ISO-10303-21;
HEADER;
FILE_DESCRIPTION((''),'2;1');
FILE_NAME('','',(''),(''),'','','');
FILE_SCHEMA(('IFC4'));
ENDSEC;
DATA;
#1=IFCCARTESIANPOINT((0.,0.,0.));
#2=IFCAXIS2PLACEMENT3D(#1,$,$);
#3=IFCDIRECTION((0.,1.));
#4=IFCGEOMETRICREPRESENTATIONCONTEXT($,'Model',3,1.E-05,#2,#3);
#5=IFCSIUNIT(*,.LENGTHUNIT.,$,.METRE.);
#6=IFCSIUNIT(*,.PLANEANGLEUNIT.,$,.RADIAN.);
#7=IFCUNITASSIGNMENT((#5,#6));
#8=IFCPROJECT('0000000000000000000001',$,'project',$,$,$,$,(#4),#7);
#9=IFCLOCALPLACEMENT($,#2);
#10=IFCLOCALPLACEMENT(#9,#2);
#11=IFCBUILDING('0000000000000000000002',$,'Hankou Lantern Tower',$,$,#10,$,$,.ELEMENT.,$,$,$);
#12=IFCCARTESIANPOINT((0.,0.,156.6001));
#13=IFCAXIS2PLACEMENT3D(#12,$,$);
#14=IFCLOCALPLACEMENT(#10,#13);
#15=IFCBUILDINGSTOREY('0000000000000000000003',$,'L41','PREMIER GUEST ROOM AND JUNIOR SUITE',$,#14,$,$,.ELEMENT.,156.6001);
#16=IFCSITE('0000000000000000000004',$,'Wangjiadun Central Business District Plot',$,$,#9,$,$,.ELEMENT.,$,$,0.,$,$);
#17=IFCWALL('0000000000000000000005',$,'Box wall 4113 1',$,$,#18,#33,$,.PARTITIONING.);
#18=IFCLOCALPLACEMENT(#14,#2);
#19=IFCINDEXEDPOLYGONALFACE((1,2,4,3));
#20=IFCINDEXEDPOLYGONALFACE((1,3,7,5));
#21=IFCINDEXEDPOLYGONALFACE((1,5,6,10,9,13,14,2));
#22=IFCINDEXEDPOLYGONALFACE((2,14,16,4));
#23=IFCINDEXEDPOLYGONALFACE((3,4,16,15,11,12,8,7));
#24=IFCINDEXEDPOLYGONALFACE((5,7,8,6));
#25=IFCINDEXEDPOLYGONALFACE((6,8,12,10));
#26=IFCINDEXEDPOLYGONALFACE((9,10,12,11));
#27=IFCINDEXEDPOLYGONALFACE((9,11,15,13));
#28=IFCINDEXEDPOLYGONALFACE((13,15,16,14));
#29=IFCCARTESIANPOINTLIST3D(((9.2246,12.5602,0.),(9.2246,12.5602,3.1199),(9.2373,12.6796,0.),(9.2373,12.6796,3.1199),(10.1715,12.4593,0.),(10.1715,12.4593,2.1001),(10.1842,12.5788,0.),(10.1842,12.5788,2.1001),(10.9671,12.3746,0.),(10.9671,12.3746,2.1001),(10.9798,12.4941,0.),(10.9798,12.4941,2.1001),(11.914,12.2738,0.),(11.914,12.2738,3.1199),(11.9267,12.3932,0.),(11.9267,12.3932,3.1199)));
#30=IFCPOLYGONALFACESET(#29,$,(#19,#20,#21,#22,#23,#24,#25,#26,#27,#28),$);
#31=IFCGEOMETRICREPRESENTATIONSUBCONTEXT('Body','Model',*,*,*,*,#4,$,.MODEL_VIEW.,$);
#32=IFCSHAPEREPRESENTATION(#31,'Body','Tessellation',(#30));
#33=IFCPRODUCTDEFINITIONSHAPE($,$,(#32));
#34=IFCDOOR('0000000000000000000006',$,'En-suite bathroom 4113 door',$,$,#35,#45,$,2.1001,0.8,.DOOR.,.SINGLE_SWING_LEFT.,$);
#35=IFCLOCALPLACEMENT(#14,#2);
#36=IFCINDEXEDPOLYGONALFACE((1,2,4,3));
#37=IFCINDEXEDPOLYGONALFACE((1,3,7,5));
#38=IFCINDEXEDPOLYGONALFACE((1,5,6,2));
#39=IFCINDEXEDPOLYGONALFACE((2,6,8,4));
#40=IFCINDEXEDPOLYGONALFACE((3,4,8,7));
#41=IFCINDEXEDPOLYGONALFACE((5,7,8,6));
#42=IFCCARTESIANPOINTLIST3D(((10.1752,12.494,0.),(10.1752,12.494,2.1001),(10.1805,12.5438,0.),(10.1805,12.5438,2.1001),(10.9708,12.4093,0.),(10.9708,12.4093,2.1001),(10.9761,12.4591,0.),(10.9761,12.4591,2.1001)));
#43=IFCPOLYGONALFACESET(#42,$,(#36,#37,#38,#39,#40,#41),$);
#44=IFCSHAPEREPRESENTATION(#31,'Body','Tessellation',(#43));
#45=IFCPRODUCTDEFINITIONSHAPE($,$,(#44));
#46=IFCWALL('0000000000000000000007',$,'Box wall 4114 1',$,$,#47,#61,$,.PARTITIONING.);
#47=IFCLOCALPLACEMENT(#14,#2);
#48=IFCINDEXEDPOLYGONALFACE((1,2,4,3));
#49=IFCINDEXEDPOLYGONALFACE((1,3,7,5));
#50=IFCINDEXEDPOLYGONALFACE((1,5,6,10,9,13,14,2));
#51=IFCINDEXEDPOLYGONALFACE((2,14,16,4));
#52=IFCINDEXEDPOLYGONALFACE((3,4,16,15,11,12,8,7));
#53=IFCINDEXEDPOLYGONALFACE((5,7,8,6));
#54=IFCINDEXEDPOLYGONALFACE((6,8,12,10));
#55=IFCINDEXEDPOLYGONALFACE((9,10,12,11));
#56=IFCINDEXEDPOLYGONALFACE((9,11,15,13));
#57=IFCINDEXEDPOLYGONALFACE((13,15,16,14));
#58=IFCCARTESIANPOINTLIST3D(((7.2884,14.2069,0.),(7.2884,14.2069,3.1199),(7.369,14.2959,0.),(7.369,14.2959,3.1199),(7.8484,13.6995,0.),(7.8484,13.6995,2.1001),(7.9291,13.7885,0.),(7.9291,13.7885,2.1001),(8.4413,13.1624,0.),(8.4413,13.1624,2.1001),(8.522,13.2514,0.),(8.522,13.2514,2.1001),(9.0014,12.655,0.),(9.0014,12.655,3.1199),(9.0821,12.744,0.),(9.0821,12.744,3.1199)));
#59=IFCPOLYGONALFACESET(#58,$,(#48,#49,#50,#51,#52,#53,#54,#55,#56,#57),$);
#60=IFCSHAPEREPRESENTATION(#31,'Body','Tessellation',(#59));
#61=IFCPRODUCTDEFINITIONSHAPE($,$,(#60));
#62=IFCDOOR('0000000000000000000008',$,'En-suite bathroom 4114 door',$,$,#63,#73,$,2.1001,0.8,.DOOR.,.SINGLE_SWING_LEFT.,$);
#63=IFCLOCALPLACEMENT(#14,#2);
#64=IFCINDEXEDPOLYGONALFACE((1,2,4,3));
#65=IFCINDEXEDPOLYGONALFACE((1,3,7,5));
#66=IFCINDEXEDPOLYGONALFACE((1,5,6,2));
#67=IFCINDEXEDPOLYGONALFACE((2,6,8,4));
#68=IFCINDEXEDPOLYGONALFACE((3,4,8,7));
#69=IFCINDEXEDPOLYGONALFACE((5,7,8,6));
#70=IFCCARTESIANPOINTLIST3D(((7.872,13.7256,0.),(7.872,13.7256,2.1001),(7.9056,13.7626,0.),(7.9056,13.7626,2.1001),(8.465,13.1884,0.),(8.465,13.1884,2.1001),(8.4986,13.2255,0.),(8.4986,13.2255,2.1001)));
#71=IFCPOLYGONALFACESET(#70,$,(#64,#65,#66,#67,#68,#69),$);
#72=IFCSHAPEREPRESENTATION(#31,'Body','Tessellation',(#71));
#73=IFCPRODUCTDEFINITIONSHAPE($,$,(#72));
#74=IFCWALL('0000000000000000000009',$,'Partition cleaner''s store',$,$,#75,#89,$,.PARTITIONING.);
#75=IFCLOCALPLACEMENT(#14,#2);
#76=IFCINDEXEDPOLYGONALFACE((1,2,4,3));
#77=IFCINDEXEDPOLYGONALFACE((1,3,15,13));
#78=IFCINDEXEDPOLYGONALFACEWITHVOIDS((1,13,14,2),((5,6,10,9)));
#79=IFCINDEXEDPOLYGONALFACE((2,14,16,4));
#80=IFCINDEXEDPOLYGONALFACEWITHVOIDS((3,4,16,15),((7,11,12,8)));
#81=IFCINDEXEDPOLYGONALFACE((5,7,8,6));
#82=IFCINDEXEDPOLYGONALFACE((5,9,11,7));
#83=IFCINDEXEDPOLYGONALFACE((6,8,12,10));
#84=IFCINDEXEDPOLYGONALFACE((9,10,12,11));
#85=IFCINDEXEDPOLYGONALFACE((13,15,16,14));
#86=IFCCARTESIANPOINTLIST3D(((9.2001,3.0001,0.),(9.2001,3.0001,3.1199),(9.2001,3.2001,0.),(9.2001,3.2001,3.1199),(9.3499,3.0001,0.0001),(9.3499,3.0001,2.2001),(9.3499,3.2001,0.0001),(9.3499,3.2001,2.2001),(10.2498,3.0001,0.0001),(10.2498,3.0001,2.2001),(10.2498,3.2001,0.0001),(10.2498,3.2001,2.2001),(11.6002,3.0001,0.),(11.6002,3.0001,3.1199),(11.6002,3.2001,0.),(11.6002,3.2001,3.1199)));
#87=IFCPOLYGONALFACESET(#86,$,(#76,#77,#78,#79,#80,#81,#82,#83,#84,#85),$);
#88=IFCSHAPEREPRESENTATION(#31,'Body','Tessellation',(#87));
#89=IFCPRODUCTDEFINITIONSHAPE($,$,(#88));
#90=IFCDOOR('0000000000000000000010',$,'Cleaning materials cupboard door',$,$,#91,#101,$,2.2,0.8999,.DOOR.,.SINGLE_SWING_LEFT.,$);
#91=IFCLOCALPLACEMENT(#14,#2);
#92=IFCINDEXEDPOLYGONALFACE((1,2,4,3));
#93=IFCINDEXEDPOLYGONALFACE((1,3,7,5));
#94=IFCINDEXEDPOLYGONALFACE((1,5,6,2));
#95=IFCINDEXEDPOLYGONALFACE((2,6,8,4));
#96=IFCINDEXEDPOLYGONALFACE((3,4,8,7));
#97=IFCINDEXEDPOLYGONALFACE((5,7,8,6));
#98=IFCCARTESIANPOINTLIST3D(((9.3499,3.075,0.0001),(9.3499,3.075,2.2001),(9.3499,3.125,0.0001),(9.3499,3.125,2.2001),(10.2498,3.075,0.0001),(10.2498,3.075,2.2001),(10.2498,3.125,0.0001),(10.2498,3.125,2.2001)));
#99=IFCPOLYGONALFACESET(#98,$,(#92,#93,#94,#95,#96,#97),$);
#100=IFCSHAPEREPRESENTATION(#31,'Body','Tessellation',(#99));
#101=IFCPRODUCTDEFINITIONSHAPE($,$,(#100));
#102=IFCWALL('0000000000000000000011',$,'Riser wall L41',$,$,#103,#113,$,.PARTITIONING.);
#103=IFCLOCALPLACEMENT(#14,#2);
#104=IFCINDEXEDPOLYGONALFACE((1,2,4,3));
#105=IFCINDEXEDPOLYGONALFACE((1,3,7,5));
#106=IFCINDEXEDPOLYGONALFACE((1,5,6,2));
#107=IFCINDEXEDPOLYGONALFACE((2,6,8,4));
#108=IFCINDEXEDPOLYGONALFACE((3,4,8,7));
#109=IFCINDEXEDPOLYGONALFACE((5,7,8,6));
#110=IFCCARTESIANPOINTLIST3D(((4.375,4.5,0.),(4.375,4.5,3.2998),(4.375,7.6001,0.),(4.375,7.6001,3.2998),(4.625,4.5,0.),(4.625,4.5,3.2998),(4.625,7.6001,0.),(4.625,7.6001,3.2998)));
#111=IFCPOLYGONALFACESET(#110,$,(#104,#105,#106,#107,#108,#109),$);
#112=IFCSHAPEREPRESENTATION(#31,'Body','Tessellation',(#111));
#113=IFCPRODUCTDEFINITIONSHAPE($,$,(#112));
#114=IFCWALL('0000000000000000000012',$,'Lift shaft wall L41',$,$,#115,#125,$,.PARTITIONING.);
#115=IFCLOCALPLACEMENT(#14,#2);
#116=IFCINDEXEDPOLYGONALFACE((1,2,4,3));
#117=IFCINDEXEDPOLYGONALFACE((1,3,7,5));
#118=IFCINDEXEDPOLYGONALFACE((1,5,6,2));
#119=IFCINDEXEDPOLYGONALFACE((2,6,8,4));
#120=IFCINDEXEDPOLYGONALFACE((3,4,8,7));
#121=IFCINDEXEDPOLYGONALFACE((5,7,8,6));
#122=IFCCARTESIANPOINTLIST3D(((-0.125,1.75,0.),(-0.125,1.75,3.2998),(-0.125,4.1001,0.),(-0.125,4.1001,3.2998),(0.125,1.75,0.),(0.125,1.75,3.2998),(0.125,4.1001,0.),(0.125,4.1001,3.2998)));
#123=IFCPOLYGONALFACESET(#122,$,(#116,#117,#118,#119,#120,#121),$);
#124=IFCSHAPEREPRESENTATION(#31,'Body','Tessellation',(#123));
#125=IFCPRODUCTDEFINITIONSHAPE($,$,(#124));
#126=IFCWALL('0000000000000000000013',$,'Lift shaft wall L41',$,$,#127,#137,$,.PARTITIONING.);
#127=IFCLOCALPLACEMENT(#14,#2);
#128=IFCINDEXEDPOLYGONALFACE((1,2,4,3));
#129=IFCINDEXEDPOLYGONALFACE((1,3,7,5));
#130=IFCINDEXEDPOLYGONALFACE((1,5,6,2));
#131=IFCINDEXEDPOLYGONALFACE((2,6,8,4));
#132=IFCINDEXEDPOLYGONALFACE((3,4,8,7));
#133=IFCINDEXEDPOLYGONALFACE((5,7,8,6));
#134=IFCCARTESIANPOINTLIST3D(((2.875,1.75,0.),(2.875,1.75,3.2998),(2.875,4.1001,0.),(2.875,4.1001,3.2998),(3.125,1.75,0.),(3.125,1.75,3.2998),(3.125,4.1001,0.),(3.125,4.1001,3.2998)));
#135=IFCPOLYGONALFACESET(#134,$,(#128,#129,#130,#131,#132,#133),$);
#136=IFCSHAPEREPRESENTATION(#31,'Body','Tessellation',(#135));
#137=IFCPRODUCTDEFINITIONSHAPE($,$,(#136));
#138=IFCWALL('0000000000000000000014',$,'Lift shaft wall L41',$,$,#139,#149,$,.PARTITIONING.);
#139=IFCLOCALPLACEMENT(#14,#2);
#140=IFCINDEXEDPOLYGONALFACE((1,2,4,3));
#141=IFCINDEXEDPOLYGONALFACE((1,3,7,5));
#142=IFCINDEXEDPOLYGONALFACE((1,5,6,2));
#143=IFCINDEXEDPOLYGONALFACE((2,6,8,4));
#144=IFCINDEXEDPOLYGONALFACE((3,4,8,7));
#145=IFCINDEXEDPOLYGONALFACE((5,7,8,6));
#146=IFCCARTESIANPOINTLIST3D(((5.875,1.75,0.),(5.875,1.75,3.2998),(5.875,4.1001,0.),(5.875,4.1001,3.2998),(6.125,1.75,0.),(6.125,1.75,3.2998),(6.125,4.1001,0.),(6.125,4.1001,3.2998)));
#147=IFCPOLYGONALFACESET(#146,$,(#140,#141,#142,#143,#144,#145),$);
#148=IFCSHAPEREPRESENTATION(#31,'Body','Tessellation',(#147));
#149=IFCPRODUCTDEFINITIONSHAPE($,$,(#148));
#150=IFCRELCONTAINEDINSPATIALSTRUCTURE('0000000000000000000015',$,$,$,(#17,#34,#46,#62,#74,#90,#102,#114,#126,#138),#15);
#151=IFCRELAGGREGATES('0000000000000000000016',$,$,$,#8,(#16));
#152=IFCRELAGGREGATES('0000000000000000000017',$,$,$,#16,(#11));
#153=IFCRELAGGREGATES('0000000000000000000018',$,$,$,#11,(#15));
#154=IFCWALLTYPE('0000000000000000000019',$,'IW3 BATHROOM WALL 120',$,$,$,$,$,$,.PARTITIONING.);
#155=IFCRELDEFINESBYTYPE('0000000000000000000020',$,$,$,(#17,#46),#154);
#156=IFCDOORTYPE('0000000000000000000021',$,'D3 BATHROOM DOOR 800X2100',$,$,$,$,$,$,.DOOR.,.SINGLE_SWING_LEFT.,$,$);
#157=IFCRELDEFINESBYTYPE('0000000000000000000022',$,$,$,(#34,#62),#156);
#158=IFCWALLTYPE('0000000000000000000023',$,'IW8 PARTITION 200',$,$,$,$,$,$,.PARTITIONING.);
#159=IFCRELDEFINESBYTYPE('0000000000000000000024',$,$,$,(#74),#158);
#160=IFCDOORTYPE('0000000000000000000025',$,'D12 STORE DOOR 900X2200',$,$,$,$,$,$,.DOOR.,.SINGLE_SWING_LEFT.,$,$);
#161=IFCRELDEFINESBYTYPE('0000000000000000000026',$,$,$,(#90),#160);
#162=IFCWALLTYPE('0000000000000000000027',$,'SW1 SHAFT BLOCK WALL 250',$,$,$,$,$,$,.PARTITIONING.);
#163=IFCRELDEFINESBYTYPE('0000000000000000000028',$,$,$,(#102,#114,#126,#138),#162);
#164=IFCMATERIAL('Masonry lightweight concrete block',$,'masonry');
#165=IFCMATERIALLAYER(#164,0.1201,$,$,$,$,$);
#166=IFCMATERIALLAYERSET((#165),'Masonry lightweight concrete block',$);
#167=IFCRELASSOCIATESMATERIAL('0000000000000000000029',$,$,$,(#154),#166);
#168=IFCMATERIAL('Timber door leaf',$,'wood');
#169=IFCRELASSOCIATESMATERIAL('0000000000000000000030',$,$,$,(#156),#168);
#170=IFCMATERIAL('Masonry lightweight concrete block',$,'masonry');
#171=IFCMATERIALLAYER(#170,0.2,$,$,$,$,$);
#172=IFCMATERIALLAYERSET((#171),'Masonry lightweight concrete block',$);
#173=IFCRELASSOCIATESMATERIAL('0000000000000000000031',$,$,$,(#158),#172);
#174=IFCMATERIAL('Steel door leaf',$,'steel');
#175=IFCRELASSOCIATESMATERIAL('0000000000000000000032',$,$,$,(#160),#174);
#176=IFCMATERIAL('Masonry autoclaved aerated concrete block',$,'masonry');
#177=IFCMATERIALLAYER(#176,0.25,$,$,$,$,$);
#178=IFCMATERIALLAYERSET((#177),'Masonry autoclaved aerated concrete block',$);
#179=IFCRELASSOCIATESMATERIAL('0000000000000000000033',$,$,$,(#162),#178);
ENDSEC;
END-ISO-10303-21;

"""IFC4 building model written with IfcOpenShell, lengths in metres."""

from ifc_helpers import new_model, si_unit, direction, frame, frame_2d, origin, place, context, subcontext, project, spatial, rectangle, extrude, material, layer, layer_set, type_object, element, fill, save


model = new_model("IFC4")

# Units and contexts
model_context = context("Model", 3, precision=1e-05, world=origin(), true_north=direction((0.0, 1.0)))
body_context = subcontext(model_context, "Body", "Model", "MODEL_VIEW")
ifc_project = project(units=[si_unit("LENGTHUNIT", "METRE"), si_unit("PLANEANGLEUNIT", "RADIAN")], contexts=[model_context])

# Site, building, storey
site_placement = place(None, origin())
site = spatial("IfcSite", under=ifc_project, at=site_placement, Name="Wangjiadun Central Business District Plot", CompositionType="ELEMENT", RefElevation=0.0)
building_placement = place(site_placement, origin())
building = spatial("IfcBuilding", under=site, at=building_placement, Name="Hankou Lantern Tower", CompositionType="ELEMENT")
storey_placement = place(building_placement, frame((0.0, 0.0, 156.6001)))
storey = spatial("IfcBuildingStorey", under=building, at=storey_placement, Name="L41", Description="PREMIER GUEST ROOM AND JUNIOR SUITE", CompositionType="ELEMENT", Elevation=156.6001)

# Walls, openings, doors
ifc_material_1 = material(Name="Masonry lightweight concrete block", Category="masonry")
ifc_layer_1 = layer(ifc_material_1, 0.1201)
ifc_layer_set_1 = layer_set([ifc_layer_1], Name="Masonry lightweight concrete block")
wall_type_1 = type_object("IfcWallType", Name="IW3 BATHROOM WALL 120", PredefinedType="PARTITIONING", material=ifc_layer_set_1)
wall_1_placement = place(storey_placement, frame((9.231, 12.6199, 0.0), z_axis=(0.0, 0.0, 1.0), x_axis=(0.994379, -0.105883, 0.0)))
wall_1 = element("IfcWall", 1, at=wall_1_placement, inside=storey, type_object=wall_type_1, Name="Box wall 4113 1", PredefinedType="PARTITIONING", context=body_context, shape_type="SweptSolid", body=[
    extrude(rectangle(XDim=2.7046, YDim=0.1201, at=frame_2d((1.3523, 0.0))), origin(), (0.0, 0.0, 1.0), 3.1199),
])
opening_1_placement = place(wall_1_placement, frame((0.9524, 0.0, 0.0)))
opening_1 = element("IfcOpeningElement", 2, at=opening_1_placement, cuts=wall_1, PredefinedType="OPENING", context=body_context, shape_type="SweptSolid", body=[
    extrude(rectangle(XDim=0.8, YDim=2.1001, at=frame_2d((0.3999, 1.05))), frame((0.0, 0.0701, 0.0), z_axis=(0.0, -1.0, 0.0), x_axis=(1.0, 0.0, 0.0)), (0.0, 0.0, 1.0), 0.1401),
])
ifc_material_2 = material(Name="Timber door leaf", Category="wood")
door_type_1 = type_object("IfcDoorType", Name="D3 BATHROOM DOOR 800X2100", OperationType="SINGLE_SWING_LEFT", PredefinedType="DOOR", material=ifc_material_2)
door_1_placement = place(opening_1_placement, origin())
door_1 = element("IfcDoor", 3, at=door_1_placement, inside=storey, type_object=door_type_1, Name="En-suite bathroom 4113 door", OperationType="SINGLE_SWING_LEFT", OverallHeight=2.1001, OverallWidth=0.8, PredefinedType="DOOR", context=body_context, shape_type="SweptSolid", body=[
    extrude(rectangle(XDim=0.8, YDim=2.1001, at=frame_2d((0.3999, 1.05))), frame((0.0, 0.0249, 0.0), z_axis=(0.0, -1.0, 0.0), x_axis=(1.0, 0.0, 0.0)), (0.0, 0.0, 1.0), 0.05),
])
fill(opening_1, door_1)
wall_2_placement = place(storey_placement, frame((9.0417, 12.6995, 0.0), z_axis=(0.0, 0.0, 1.0), x_axis=(-0.7411, 0.671394, 0.0)))
wall_2 = element("IfcWall", 4, at=wall_2_placement, inside=storey, type_object=wall_type_1, Name="Box wall 4114 1", PredefinedType="PARTITIONING", context=body_context, shape_type="SweptSolid", body=[
    extrude(rectangle(XDim=2.3115, YDim=0.1201, at=frame_2d((1.1558, 0.0))), origin(), (0.0, 0.0, 1.0), 3.1199),
])
opening_2_placement = place(wall_2_placement, frame((0.7559, 0.0, 0.0)))
opening_2 = element("IfcOpeningElement", 5, at=opening_2_placement, cuts=wall_2, PredefinedType="OPENING", context=body_context, shape_type="SweptSolid", body=[
    extrude(rectangle(XDim=0.8, YDim=2.1001, at=frame_2d((0.3999, 1.05))), frame((0.0, 0.0701, 0.0), z_axis=(0.0, -1.0, 0.0), x_axis=(1.0, 0.0, 0.0)), (0.0, 0.0, 1.0), 0.1401),
])
door_2_placement = place(opening_2_placement, origin())
door_2 = element("IfcDoor", 6, at=door_2_placement, inside=storey, type_object=door_type_1, Name="En-suite bathroom 4114 door", OperationType="SINGLE_SWING_LEFT", OverallHeight=2.1001, OverallWidth=0.8, PredefinedType="DOOR", context=body_context, shape_type="SweptSolid", body=[
    extrude(rectangle(XDim=0.8, YDim=2.1001, at=frame_2d((0.3999, 1.05))), frame((0.0, 0.0249, 0.0), z_axis=(0.0, -1.0, 0.0), x_axis=(1.0, 0.0, 0.0)), (0.0, 0.0, 1.0), 0.05),
])
fill(opening_2, door_2)
ifc_material_3 = material(Name="Masonry lightweight concrete block", Category="masonry")
ifc_layer_2 = layer(ifc_material_3, 0.2)
ifc_layer_set_2 = layer_set([ifc_layer_2], Name="Masonry lightweight concrete block")
wall_type_2 = type_object("IfcWallType", Name="IW8 PARTITION 200", PredefinedType="PARTITIONING", material=ifc_layer_set_2)
wall_3_placement = place(storey_placement, frame((9.2, 3.1001, 0.0), z_axis=(0.0, 0.0, 1.0), x_axis=(1.0, 0.0, 0.0)))
wall_3 = element("IfcWall", 7, at=wall_3_placement, inside=storey, type_object=wall_type_2, Name="Partition cleaner's store", PredefinedType="PARTITIONING", context=body_context, shape_type="SweptSolid", body=[
    extrude(rectangle(XDim=2.4001, YDim=0.2, at=frame_2d((1.2002, 0.0))), origin(), (0.0, 0.0, 1.0), 3.1199),
])
opening_3_placement = place(wall_3_placement, frame((0.1499, 0.0, 0.0)))
opening_3 = element("IfcOpeningElement", 8, at=opening_3_placement, cuts=wall_3, PredefinedType="OPENING", context=body_context, shape_type="SweptSolid", body=[
    extrude(rectangle(XDim=0.8999, YDim=2.2, at=frame_2d((0.45, 1.1001))), frame((0.0, 0.1099, 0.0), z_axis=(0.0, -1.0, 0.0), x_axis=(1.0, 0.0, 0.0)), (0.0, 0.0, 1.0), 0.22),
])
ifc_material_4 = material(Name="Steel door leaf", Category="steel")
door_type_2 = type_object("IfcDoorType", Name="D12 STORE DOOR 900X2200", OperationType="SINGLE_SWING_LEFT", PredefinedType="DOOR", material=ifc_material_4)
door_3_placement = place(opening_3_placement, origin())
door_3 = element("IfcDoor", 9, at=door_3_placement, inside=storey, type_object=door_type_2, Name="Cleaning materials cupboard door", OperationType="SINGLE_SWING_LEFT", OverallHeight=2.2, OverallWidth=0.8999, PredefinedType="DOOR", context=body_context, shape_type="SweptSolid", body=[
    extrude(rectangle(XDim=0.8999, YDim=2.2, at=frame_2d((0.45, 1.1001))), frame((0.0, 0.0249, 0.0), z_axis=(0.0, -1.0, 0.0), x_axis=(1.0, 0.0, 0.0)), (0.0, 0.0, 1.0), 0.05),
])
fill(opening_3, door_3)

# Walls
ifc_material_5 = material(Name="Masonry autoclaved aerated concrete block", Category="masonry")
ifc_layer_3 = layer(ifc_material_5, 0.25)
ifc_layer_set_3 = layer_set([ifc_layer_3], Name="Masonry autoclaved aerated concrete block")
wall_type_3 = type_object("IfcWallType", Name="SW1 SHAFT BLOCK WALL 250", PredefinedType="PARTITIONING", material=ifc_layer_set_3)
wall_4_placement = place(storey_placement, frame((4.5, 4.5, 0.0), z_axis=(0.0, 0.0, 1.0), x_axis=(0.0, 1.0, 0.0)))
element("IfcWall", 10, at=wall_4_placement, inside=storey, type_object=wall_type_3, Name="Riser wall L41", PredefinedType="PARTITIONING", context=body_context, shape_type="SweptSolid", body=[
    extrude(rectangle(XDim=3.1001, YDim=0.25, at=frame_2d((1.55, 0.0))), origin(), (0.0, 0.0, 1.0), 3.2998),
])
for number, where, z_axis, x_axis, name in (
    (11, (0.0, 1.75, 0.0), (0.0, 0.0, 1.0), (0.0, 1.0, 0.0), "Lift shaft wall L41"),
    (12, (3.0, 1.75, 0.0), (0.0, 0.0, 1.0), (0.0, 1.0, 0.0), "Lift shaft wall L41"),
    (13, (6.0, 1.75, 0.0), (0.0, 0.0, 1.0), (0.0, 1.0, 0.0), "Lift shaft wall L41"),
):
    element("IfcWall", number, at=place(storey_placement, frame(where, z_axis=z_axis, x_axis=x_axis)), inside=storey, type_object=wall_type_3, Name=name, PredefinedType="PARTITIONING", context=body_context, shape_type="SweptSolid", body=[
        extrude(rectangle(XDim=2.3501, YDim=0.25, at=frame_2d((1.175, 0.0))), origin(), (0.0, 0.0, 1.0), 3.2998),
    ])

save(model, "model.ifc")
